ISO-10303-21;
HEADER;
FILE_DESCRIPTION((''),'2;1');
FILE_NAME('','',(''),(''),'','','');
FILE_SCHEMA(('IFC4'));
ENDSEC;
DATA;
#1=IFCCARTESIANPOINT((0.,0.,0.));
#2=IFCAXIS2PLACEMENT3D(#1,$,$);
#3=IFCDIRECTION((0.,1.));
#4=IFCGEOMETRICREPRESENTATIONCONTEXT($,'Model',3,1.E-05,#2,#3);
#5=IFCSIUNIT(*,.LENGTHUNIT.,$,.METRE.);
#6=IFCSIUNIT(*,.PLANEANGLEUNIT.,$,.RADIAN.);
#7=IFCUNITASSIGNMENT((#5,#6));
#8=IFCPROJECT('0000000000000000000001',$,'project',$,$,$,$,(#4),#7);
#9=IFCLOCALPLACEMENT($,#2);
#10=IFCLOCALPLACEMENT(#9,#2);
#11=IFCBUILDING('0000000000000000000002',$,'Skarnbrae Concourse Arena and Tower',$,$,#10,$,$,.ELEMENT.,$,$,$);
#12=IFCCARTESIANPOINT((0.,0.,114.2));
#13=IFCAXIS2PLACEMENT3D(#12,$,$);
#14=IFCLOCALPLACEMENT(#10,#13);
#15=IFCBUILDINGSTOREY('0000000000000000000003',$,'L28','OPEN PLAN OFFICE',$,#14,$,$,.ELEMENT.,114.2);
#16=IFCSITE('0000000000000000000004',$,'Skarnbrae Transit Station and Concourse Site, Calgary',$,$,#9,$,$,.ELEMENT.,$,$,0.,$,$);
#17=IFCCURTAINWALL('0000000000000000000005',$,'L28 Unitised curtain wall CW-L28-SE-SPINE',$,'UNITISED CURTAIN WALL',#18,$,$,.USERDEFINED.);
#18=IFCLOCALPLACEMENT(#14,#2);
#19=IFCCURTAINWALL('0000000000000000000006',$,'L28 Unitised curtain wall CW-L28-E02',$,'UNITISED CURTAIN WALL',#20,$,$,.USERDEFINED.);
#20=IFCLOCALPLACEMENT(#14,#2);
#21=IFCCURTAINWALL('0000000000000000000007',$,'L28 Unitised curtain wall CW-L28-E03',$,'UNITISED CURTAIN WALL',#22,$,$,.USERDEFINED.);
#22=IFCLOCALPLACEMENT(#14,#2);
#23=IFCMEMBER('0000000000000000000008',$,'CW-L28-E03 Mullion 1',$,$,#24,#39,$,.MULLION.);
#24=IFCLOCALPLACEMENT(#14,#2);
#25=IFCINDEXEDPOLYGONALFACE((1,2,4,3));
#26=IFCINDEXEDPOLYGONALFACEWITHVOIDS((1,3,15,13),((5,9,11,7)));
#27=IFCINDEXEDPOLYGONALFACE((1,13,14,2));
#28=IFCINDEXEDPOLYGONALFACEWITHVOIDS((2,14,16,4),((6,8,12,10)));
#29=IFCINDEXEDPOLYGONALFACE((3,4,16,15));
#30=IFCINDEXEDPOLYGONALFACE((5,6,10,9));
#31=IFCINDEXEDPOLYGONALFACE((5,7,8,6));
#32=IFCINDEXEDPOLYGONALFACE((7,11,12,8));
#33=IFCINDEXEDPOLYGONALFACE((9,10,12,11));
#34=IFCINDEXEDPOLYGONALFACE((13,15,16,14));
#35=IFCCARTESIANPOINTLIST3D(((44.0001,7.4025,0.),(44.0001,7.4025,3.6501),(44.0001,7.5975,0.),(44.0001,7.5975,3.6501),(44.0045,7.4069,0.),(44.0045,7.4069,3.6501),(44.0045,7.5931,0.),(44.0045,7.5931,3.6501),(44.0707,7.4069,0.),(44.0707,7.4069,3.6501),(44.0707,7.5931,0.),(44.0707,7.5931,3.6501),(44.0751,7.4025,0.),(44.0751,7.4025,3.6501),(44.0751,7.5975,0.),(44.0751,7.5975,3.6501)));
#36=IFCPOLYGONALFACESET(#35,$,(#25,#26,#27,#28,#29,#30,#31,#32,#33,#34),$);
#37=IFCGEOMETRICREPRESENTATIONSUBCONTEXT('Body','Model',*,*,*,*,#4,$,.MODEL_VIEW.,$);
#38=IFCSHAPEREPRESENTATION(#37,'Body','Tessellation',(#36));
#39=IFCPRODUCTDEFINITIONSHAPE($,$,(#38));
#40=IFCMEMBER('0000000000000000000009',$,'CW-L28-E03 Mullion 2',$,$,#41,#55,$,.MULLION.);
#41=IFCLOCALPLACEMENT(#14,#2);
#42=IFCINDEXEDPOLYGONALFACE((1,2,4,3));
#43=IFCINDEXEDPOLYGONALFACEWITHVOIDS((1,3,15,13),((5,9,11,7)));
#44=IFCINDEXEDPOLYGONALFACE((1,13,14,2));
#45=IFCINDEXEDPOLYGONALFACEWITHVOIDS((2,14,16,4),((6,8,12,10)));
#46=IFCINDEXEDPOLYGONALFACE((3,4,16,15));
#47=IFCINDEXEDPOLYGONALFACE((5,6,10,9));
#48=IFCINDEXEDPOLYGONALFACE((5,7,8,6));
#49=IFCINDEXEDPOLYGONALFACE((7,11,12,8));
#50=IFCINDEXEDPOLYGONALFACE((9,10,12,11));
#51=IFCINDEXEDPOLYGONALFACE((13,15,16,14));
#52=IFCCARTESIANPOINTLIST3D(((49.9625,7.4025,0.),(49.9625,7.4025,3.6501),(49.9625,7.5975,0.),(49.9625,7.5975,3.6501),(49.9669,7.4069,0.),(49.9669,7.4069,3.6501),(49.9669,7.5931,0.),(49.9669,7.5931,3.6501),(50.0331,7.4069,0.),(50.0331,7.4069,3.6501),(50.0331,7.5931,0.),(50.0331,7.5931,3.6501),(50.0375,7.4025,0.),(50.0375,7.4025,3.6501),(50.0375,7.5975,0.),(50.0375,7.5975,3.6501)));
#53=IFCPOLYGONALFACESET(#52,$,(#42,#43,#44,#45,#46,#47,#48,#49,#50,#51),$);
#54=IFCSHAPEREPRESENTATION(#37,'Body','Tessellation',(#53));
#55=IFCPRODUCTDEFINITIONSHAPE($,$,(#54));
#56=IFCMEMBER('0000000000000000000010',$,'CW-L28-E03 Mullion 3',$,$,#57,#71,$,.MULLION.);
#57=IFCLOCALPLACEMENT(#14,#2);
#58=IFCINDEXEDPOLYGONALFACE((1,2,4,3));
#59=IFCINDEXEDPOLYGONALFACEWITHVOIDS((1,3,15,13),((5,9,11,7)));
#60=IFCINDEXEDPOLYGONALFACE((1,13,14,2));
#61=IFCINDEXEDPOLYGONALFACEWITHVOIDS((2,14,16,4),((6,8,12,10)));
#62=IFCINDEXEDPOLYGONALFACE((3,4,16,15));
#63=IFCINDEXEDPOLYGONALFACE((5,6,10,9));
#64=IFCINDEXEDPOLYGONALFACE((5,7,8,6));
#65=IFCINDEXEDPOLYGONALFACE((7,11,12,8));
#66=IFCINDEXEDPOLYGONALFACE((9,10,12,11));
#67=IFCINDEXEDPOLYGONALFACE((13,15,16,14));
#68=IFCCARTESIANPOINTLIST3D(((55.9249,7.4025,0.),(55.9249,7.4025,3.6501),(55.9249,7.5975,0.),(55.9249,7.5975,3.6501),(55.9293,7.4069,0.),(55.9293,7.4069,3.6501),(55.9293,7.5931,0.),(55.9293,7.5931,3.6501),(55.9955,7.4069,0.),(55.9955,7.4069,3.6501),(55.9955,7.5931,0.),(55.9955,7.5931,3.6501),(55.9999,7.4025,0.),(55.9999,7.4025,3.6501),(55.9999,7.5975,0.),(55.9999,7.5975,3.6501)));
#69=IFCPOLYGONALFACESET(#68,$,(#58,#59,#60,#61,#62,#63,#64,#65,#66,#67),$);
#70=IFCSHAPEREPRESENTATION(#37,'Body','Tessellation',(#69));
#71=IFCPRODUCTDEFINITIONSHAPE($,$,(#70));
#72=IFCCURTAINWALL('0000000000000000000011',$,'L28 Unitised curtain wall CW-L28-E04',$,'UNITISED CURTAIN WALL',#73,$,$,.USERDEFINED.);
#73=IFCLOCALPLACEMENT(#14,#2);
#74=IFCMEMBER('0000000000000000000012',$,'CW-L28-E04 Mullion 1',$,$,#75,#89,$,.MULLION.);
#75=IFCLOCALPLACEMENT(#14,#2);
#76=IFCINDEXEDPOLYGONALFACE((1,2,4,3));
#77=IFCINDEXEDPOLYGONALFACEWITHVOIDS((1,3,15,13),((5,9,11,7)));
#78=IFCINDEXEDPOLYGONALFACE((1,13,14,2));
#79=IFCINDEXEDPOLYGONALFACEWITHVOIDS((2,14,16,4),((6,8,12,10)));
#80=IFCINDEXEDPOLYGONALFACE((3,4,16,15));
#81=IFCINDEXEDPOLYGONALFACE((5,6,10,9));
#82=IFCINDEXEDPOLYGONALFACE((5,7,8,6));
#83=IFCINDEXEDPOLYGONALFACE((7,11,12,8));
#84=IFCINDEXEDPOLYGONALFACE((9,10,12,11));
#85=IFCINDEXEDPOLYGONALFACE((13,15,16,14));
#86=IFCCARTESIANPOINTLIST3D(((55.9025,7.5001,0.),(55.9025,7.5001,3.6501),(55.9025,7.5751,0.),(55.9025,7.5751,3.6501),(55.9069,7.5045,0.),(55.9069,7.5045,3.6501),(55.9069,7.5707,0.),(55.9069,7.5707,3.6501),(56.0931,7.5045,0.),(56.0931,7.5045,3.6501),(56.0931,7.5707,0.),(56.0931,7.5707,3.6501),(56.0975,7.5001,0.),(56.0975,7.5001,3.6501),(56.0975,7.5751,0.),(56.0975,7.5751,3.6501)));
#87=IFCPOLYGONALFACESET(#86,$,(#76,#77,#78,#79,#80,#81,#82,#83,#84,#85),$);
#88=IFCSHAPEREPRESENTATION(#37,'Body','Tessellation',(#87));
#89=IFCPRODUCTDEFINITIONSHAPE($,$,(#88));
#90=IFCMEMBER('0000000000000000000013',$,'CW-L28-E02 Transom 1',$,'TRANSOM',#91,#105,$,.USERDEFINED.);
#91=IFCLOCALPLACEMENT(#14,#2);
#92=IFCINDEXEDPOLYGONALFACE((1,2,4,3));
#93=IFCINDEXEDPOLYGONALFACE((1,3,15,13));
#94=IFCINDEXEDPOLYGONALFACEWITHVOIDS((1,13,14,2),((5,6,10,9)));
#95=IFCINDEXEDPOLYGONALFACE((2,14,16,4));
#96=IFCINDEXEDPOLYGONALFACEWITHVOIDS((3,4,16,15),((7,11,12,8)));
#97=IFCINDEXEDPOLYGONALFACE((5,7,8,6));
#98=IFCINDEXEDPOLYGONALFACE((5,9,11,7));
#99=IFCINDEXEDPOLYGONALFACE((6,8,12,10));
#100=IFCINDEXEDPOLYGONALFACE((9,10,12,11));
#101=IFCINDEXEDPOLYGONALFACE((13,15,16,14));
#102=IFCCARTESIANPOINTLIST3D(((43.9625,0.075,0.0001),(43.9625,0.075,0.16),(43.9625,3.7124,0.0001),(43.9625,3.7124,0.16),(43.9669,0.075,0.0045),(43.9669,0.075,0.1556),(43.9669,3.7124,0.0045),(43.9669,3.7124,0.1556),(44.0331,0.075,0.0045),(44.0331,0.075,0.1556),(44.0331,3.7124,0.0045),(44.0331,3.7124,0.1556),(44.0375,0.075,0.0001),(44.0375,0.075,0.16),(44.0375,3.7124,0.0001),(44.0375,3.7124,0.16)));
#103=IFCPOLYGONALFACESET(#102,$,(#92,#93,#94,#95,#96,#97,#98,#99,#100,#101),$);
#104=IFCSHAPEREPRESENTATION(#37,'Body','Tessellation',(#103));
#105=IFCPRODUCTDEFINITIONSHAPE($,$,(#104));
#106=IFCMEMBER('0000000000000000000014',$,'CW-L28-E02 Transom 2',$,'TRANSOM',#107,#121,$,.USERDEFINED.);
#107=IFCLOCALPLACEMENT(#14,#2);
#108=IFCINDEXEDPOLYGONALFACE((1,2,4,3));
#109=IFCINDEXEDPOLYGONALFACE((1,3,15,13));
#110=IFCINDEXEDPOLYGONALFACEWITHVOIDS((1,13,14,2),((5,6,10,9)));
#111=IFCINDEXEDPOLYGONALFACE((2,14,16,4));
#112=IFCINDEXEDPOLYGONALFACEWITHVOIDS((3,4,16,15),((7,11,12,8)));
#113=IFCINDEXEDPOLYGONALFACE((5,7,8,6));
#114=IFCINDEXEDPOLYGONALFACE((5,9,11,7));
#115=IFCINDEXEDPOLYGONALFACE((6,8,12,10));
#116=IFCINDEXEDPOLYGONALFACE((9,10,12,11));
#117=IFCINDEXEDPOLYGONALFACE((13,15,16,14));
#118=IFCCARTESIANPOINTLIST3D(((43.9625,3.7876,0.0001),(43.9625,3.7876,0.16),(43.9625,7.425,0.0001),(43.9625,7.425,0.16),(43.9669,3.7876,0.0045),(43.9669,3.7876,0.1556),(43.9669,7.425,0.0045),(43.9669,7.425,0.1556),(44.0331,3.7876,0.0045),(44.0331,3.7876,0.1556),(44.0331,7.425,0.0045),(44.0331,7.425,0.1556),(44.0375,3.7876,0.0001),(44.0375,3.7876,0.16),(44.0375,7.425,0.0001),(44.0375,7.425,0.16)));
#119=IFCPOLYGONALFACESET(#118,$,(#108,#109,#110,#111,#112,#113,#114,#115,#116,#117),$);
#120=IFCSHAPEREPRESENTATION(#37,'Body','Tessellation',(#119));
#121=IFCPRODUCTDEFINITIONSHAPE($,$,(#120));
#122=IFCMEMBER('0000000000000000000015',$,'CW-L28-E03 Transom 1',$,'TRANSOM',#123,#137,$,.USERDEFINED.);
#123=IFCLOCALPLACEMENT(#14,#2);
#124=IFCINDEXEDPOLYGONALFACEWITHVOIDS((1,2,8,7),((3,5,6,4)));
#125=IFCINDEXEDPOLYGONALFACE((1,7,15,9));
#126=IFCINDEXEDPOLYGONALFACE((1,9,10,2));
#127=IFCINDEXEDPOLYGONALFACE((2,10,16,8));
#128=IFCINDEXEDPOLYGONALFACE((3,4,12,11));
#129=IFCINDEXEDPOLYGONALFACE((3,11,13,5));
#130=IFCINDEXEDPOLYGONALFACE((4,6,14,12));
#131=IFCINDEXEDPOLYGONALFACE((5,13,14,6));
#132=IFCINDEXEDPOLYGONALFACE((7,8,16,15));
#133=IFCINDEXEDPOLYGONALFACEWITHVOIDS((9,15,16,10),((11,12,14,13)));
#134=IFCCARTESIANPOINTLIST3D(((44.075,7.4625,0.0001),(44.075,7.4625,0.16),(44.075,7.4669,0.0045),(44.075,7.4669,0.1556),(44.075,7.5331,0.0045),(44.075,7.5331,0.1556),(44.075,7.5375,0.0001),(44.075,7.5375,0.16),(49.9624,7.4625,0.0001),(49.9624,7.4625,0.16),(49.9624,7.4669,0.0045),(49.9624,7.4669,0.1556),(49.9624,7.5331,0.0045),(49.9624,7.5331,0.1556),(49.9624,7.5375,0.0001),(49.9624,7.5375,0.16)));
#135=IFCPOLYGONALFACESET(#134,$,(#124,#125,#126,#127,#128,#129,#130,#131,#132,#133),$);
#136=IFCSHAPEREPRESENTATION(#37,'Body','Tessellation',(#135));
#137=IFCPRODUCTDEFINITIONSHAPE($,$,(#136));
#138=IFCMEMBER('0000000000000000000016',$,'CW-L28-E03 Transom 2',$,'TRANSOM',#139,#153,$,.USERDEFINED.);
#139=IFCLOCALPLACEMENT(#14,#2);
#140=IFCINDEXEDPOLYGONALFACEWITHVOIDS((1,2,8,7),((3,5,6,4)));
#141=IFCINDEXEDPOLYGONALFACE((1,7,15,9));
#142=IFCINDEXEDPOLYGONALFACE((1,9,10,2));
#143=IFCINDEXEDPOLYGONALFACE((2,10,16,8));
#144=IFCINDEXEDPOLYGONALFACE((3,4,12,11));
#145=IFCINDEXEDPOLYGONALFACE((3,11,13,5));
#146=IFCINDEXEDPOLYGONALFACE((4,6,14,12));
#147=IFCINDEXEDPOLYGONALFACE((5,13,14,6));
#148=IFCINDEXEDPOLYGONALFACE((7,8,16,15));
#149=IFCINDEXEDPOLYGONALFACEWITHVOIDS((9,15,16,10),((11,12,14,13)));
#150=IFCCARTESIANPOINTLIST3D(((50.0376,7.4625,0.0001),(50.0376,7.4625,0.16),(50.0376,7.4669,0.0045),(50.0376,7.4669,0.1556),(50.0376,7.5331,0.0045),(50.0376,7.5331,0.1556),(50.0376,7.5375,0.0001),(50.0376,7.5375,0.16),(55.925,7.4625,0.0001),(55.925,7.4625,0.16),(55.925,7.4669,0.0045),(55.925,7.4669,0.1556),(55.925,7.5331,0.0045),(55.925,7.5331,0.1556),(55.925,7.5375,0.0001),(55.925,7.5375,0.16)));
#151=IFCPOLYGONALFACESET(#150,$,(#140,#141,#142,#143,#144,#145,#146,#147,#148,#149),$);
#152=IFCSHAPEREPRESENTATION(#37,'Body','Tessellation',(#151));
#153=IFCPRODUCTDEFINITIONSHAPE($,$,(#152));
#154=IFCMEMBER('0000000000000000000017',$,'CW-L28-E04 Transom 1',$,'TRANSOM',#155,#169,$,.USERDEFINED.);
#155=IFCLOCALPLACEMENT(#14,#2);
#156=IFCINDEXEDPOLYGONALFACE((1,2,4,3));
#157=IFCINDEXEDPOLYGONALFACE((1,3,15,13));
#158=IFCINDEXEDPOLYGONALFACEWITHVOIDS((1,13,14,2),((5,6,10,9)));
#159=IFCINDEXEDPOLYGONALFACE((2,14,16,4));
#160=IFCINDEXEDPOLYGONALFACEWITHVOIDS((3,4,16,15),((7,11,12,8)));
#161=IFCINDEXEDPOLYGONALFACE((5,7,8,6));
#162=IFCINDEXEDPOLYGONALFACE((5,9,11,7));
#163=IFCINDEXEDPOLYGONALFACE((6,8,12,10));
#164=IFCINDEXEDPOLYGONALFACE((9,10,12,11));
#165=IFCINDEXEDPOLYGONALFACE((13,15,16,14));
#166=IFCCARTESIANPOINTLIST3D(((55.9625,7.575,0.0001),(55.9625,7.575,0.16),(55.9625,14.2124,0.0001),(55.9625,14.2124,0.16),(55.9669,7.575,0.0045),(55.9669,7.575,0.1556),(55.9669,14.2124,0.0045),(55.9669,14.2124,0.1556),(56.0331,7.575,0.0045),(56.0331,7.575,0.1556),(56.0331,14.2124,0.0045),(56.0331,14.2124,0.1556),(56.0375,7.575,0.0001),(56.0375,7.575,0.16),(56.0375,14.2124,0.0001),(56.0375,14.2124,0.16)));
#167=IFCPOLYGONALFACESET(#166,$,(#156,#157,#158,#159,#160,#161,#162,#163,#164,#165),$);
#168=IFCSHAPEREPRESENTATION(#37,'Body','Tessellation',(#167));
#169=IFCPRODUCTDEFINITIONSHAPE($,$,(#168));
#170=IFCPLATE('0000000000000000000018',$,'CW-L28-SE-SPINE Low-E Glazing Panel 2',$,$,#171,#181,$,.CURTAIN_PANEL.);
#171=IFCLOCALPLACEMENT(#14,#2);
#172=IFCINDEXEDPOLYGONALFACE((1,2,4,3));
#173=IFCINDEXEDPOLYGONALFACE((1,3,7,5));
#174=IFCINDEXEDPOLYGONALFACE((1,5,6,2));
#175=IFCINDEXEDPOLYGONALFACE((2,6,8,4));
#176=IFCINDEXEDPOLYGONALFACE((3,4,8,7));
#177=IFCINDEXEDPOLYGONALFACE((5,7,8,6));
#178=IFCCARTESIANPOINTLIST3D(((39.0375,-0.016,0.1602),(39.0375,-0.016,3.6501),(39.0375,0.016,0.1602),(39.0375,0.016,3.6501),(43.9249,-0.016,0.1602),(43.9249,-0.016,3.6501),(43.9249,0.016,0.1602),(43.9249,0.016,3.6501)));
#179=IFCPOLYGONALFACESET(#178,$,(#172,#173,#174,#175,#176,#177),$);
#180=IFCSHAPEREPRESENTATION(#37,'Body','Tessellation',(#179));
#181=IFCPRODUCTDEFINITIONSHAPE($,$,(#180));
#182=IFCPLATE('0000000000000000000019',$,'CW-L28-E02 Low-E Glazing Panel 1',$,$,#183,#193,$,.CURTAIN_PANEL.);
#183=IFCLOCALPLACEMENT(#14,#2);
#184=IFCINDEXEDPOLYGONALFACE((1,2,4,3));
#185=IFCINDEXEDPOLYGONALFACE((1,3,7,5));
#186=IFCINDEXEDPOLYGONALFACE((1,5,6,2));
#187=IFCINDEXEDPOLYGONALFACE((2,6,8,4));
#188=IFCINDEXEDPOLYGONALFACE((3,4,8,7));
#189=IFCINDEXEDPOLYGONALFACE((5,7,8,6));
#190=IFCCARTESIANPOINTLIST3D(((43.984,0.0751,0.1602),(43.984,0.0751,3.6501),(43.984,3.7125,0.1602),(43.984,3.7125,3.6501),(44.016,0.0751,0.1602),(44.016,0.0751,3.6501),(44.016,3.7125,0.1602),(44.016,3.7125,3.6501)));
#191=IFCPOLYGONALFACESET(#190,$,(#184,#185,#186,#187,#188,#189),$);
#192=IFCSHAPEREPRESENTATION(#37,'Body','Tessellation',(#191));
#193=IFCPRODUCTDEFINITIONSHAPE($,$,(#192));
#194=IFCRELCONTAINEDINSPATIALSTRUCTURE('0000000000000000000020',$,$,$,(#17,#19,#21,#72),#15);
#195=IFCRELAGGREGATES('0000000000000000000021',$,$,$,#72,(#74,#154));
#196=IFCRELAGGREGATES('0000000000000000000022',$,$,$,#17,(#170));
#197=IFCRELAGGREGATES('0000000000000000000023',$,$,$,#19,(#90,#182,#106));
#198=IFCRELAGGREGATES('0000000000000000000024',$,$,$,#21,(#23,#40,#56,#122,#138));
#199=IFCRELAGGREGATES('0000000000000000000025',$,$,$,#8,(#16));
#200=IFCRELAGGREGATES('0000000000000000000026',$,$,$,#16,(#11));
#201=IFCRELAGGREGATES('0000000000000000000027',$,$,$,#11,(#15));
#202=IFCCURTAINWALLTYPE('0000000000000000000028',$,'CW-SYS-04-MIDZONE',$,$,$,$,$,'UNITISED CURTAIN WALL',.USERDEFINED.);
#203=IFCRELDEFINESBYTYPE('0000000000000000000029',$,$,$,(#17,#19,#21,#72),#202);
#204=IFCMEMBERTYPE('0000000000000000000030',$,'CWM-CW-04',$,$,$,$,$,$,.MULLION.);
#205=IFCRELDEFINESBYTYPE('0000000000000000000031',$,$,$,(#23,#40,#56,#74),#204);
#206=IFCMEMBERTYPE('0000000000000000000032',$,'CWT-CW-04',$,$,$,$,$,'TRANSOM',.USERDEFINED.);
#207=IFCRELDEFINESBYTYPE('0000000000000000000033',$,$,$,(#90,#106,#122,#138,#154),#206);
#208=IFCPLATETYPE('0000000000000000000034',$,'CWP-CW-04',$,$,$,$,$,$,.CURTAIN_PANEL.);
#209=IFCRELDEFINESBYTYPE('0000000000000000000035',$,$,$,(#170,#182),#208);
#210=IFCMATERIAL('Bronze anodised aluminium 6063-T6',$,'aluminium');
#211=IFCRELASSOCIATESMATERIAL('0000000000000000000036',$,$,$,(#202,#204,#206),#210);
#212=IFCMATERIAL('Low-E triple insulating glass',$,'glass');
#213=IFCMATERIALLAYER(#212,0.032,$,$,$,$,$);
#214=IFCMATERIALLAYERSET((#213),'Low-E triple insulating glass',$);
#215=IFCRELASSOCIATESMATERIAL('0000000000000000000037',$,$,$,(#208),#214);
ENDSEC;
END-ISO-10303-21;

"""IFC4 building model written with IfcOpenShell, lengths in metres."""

from ifc_helpers import new_model, si_unit, direction, frame, origin, origin_2d, place, context, subcontext, project, spatial, rectangle, hollow_rectangle, extrude, source, transform, mapped, material, layer, layer_set, material_profile, profile_set, type_object, element, aggregate, save


model = new_model("IFC4")

# Units and contexts
model_context = context("Model", 3, precision=1e-05, world=origin(), true_north=direction((0.0, 1.0)))
body_context = subcontext(model_context, "Body", "Model", "MODEL_VIEW")
ifc_project = project(units=[si_unit("LENGTHUNIT", "METRE"), si_unit("PLANEANGLEUNIT", "RADIAN")], contexts=[model_context])

# Site, building, storey
site_placement = place(None, origin())
site = spatial("IfcSite", under=ifc_project, at=site_placement, Name="Skarnbrae Transit Station and Concourse Site, Calgary", CompositionType="ELEMENT", RefElevation=0.0)
building_placement = place(site_placement, origin())
building = spatial("IfcBuilding", under=site, at=building_placement, Name="Skarnbrae Concourse Arena and Tower", CompositionType="ELEMENT")
storey_placement = place(building_placement, frame((0.0, 0.0, 114.2)))
storey = spatial("IfcBuildingStorey", under=building, at=storey_placement, Name="L28", Description="OPEN PLAN OFFICE", CompositionType="ELEMENT", Elevation=114.2)

# Curtain wall
ifc_material_1 = material(Name="Bronze anodised aluminium 6063-T6", Category="aluminium")
curtain_wall_type = type_object("IfcCurtainWallType", Name="CW-SYS-04-MIDZONE", ElementType="UNITISED CURTAIN WALL", PredefinedType="USERDEFINED", material=ifc_material_1)
curtain_wall_1_placement = place(storey_placement, origin())
curtain_wall_1 = element("IfcCurtainWall", 1, at=curtain_wall_1_placement, inside=storey, type_object=curtain_wall_type, Name="L28 Unitised curtain wall CW-L28-SE-SPINE", ObjectType="UNITISED CURTAIN WALL", PredefinedType="USERDEFINED")
ifc_material_profile_1 = material_profile(ifc_material_1, hollow_rectangle(XDim=0.075, YDim=0.1951, WallThickness=0.0044, at=origin_2d()), Name="ALU-MULL-75X195")
ifc_profile_set_1 = profile_set([ifc_material_profile_1], Name="Bronze anodised aluminium 6063-T6")
member_type_1 = type_object("IfcMemberType", Name="CWM-CW-04", PredefinedType="MULLION", material=ifc_profile_set_1)
shared_shape_1 = source(origin(), body_context, "Body", "SweptSolid", [
    extrude(hollow_rectangle(XDim=0.075, YDim=0.1951, WallThickness=0.0044, at=origin_2d()), origin(), (0.0, 0.0, 1.0), 3.6501),
])

# Curtain walls, members
curtain_wall_2_placement = place(storey_placement, origin())
curtain_wall_2 = element("IfcCurtainWall", 2, at=curtain_wall_2_placement, inside=storey, type_object=curtain_wall_type, Name="L28 Unitised curtain wall CW-L28-E02", ObjectType="UNITISED CURTAIN WALL", PredefinedType="USERDEFINED")
curtain_wall_3_placement = place(storey_placement, origin())
curtain_wall_3 = element("IfcCurtainWall", 3, at=curtain_wall_3_placement, inside=storey, type_object=curtain_wall_type, Name="L28 Unitised curtain wall CW-L28-E03", ObjectType="UNITISED CURTAIN WALL", PredefinedType="USERDEFINED")
member_1_placement = place(storey_placement, frame((44.0376, 7.5, 0.0), z_axis=(0.0, 0.0, 1.0), x_axis=(1.0, 0.0, 0.0)))
member_1 = element("IfcMember", 4, at=member_1_placement, type_object=member_type_1, Name="CW-L28-E03 Mullion 1", PredefinedType="MULLION", context=body_context, shape_type="MappedRepresentation", body=[
    mapped(shared_shape_1, transform((0.0, 0.0, 0.0))),
])
member_2_placement = place(storey_placement, frame((50.0, 7.5, 0.0), z_axis=(0.0, 0.0, 1.0), x_axis=(1.0, 0.0, 0.0)))
member_2 = element("IfcMember", 5, at=member_2_placement, type_object=member_type_1, Name="CW-L28-E03 Mullion 2", PredefinedType="MULLION", context=body_context, shape_type="MappedRepresentation", body=[
    mapped(shared_shape_1, transform((0.0, 0.0, 0.0))),
])
member_3_placement = place(storey_placement, frame((55.9624, 7.5, 0.0), z_axis=(0.0, 0.0, 1.0), x_axis=(1.0, 0.0, 0.0)))
member_3 = element("IfcMember", 6, at=member_3_placement, type_object=member_type_1, Name="CW-L28-E03 Mullion 3", PredefinedType="MULLION", context=body_context, shape_type="MappedRepresentation", body=[
    mapped(shared_shape_1, transform((0.0, 0.0, 0.0))),
])

# Curtain wall, member
curtain_wall_4_placement = place(storey_placement, origin())
curtain_wall_4 = element("IfcCurtainWall", 7, at=curtain_wall_4_placement, inside=storey, type_object=curtain_wall_type, Name="L28 Unitised curtain wall CW-L28-E04", ObjectType="UNITISED CURTAIN WALL", PredefinedType="USERDEFINED")
member_4_placement = place(storey_placement, frame((56.0, 7.5376, 0.0), z_axis=(0.0, 0.0, 1.0), x_axis=(0.0, 1.0, 0.0)))
member_4 = element("IfcMember", 8, at=member_4_placement, type_object=member_type_1, Name="CW-L28-E04 Mullion 1", PredefinedType="MULLION", context=body_context, shape_type="MappedRepresentation", body=[
    mapped(shared_shape_1, transform((0.0, 0.0, 0.0))),
])

# Members
ifc_material_profile_2 = material_profile(ifc_material_1, hollow_rectangle(XDim=0.075, YDim=0.1599, WallThickness=0.0044, at=origin_2d()), Name="ALU-TRAN-75X160")
ifc_profile_set_2 = profile_set([ifc_material_profile_2], Name="Bronze anodised aluminium 6063-T6")
member_type_2 = type_object("IfcMemberType", Name="CWT-CW-04", ElementType="TRANSOM", PredefinedType="USERDEFINED", material=ifc_profile_set_2)
shared_shape_2 = source(origin(), body_context, "Body", "SweptSolid", [
    extrude(hollow_rectangle(XDim=0.075, YDim=0.1599, WallThickness=0.0044, at=origin_2d()), origin(), (0.0, 0.0, 1.0), 3.6375),
])
member_5_placement = place(storey_placement, frame((44.0, 0.075, 0.0801), z_axis=(0.0, 1.0, 0.0), x_axis=(-1.0, 0.0, 0.0)))
member_5 = element("IfcMember", 9, at=member_5_placement, type_object=member_type_2, Name="CW-L28-E02 Transom 1", ObjectType="TRANSOM", PredefinedType="USERDEFINED", context=body_context, shape_type="MappedRepresentation", body=[
    mapped(shared_shape_2, transform((0.0, 0.0, 0.0))),
])
member_6_placement = place(storey_placement, frame((44.0, 3.7876, 0.0801), z_axis=(0.0, 1.0, 0.0), x_axis=(-1.0, 0.0, 0.0)))
member_6 = element("IfcMember", 10, at=member_6_placement, type_object=member_type_2, Name="CW-L28-E02 Transom 2", ObjectType="TRANSOM", PredefinedType="USERDEFINED", context=body_context, shape_type="MappedRepresentation", body=[
    mapped(shared_shape_2, transform((0.0, 0.0, 0.0))),
])
shared_shape_3 = source(origin(), body_context, "Body", "SweptSolid", [
    extrude(hollow_rectangle(XDim=0.075, YDim=0.1599, WallThickness=0.0044, at=origin_2d()), origin(), (0.0, 0.0, 1.0), 5.8875),
])
member_7_placement = place(storey_placement, frame((44.075, 7.5, 0.0801), z_axis=(1.0, 0.0, 0.0), x_axis=(0.0, 1.0, 0.0)))
member_7 = element("IfcMember", 11, at=member_7_placement, type_object=member_type_2, Name="CW-L28-E03 Transom 1", ObjectType="TRANSOM", PredefinedType="USERDEFINED", context=body_context, shape_type="MappedRepresentation", body=[
    mapped(shared_shape_3, transform((0.0, 0.0, 0.0))),
])
member_8_placement = place(storey_placement, frame((50.0376, 7.5, 0.0801), z_axis=(1.0, 0.0, 0.0), x_axis=(0.0, 1.0, 0.0)))
member_8 = element("IfcMember", 12, at=member_8_placement, type_object=member_type_2, Name="CW-L28-E03 Transom 2", ObjectType="TRANSOM", PredefinedType="USERDEFINED", context=body_context, shape_type="MappedRepresentation", body=[
    mapped(shared_shape_3, transform((0.0, 0.0, 0.0))),
])
shared_shape_4 = source(origin(), body_context, "Body", "SweptSolid", [
    extrude(hollow_rectangle(XDim=0.075, YDim=0.1599, WallThickness=0.0044, at=origin_2d()), origin(), (0.0, 0.0, 1.0), 6.6375),
])
member_9_placement = place(storey_placement, frame((56.0, 7.575, 0.0801), z_axis=(0.0, 1.0, 0.0), x_axis=(-1.0, 0.0, 0.0)))
member_9 = element("IfcMember", 13, at=member_9_placement, type_object=member_type_2, Name="CW-L28-E04 Transom 1", ObjectType="TRANSOM", PredefinedType="USERDEFINED", context=body_context, shape_type="MappedRepresentation", body=[
    mapped(shared_shape_4, transform((0.0, 0.0, 0.0))),
])
aggregate(curtain_wall_4, [member_4, member_9])

# Plates
ifc_material_2 = material(Name="Low-E triple insulating glass", Category="glass")
ifc_layer = layer(ifc_material_2, 0.032)
ifc_layer_set = layer_set([ifc_layer], Name="Low-E triple insulating glass")
plate_type = type_object("IfcPlateType", Name="CWP-CW-04", PredefinedType="CURTAIN_PANEL", material=ifc_layer_set)
shared_shape_5 = source(origin(), body_context, "Body", "SweptSolid", [
    extrude(rectangle(XDim=4.8875, YDim=0.032, at=origin_2d()), origin(), (0.0, 0.0, 1.0), 3.49),
])
plate_1_placement = place(storey_placement, frame((41.4812, 0.0, 0.1602), z_axis=(0.0, 0.0, 1.0), x_axis=(1.0, 0.0, 0.0)))
plate_1 = element("IfcPlate", 14, at=plate_1_placement, type_object=plate_type, Name="CW-L28-SE-SPINE Low-E Glazing Panel 2", PredefinedType="CURTAIN_PANEL", context=body_context, shape_type="MappedRepresentation", body=[
    mapped(shared_shape_5, transform((0.0, 0.0, 0.0))),
])
aggregate(curtain_wall_1, [plate_1])
shared_shape_6 = source(origin(), body_context, "Body", "SweptSolid", [
    extrude(rectangle(XDim=3.6375, YDim=0.032, at=origin_2d()), origin(), (0.0, 0.0, 1.0), 3.49),
])
plate_2_placement = place(storey_placement, frame((44.0, 1.8938, 0.1602), z_axis=(0.0, 0.0, 1.0), x_axis=(0.0, 1.0, 0.0)))
plate_2 = element("IfcPlate", 15, at=plate_2_placement, type_object=plate_type, Name="CW-L28-E02 Low-E Glazing Panel 1", PredefinedType="CURTAIN_PANEL", context=body_context, shape_type="MappedRepresentation", body=[
    mapped(shared_shape_6, transform((0.0, 0.0, 0.0))),
])
aggregate(curtain_wall_2, [member_5, plate_2, member_6])
aggregate(curtain_wall_3, [member_1, member_2, member_3, member_7, member_8])

save(model, "model.ifc")
